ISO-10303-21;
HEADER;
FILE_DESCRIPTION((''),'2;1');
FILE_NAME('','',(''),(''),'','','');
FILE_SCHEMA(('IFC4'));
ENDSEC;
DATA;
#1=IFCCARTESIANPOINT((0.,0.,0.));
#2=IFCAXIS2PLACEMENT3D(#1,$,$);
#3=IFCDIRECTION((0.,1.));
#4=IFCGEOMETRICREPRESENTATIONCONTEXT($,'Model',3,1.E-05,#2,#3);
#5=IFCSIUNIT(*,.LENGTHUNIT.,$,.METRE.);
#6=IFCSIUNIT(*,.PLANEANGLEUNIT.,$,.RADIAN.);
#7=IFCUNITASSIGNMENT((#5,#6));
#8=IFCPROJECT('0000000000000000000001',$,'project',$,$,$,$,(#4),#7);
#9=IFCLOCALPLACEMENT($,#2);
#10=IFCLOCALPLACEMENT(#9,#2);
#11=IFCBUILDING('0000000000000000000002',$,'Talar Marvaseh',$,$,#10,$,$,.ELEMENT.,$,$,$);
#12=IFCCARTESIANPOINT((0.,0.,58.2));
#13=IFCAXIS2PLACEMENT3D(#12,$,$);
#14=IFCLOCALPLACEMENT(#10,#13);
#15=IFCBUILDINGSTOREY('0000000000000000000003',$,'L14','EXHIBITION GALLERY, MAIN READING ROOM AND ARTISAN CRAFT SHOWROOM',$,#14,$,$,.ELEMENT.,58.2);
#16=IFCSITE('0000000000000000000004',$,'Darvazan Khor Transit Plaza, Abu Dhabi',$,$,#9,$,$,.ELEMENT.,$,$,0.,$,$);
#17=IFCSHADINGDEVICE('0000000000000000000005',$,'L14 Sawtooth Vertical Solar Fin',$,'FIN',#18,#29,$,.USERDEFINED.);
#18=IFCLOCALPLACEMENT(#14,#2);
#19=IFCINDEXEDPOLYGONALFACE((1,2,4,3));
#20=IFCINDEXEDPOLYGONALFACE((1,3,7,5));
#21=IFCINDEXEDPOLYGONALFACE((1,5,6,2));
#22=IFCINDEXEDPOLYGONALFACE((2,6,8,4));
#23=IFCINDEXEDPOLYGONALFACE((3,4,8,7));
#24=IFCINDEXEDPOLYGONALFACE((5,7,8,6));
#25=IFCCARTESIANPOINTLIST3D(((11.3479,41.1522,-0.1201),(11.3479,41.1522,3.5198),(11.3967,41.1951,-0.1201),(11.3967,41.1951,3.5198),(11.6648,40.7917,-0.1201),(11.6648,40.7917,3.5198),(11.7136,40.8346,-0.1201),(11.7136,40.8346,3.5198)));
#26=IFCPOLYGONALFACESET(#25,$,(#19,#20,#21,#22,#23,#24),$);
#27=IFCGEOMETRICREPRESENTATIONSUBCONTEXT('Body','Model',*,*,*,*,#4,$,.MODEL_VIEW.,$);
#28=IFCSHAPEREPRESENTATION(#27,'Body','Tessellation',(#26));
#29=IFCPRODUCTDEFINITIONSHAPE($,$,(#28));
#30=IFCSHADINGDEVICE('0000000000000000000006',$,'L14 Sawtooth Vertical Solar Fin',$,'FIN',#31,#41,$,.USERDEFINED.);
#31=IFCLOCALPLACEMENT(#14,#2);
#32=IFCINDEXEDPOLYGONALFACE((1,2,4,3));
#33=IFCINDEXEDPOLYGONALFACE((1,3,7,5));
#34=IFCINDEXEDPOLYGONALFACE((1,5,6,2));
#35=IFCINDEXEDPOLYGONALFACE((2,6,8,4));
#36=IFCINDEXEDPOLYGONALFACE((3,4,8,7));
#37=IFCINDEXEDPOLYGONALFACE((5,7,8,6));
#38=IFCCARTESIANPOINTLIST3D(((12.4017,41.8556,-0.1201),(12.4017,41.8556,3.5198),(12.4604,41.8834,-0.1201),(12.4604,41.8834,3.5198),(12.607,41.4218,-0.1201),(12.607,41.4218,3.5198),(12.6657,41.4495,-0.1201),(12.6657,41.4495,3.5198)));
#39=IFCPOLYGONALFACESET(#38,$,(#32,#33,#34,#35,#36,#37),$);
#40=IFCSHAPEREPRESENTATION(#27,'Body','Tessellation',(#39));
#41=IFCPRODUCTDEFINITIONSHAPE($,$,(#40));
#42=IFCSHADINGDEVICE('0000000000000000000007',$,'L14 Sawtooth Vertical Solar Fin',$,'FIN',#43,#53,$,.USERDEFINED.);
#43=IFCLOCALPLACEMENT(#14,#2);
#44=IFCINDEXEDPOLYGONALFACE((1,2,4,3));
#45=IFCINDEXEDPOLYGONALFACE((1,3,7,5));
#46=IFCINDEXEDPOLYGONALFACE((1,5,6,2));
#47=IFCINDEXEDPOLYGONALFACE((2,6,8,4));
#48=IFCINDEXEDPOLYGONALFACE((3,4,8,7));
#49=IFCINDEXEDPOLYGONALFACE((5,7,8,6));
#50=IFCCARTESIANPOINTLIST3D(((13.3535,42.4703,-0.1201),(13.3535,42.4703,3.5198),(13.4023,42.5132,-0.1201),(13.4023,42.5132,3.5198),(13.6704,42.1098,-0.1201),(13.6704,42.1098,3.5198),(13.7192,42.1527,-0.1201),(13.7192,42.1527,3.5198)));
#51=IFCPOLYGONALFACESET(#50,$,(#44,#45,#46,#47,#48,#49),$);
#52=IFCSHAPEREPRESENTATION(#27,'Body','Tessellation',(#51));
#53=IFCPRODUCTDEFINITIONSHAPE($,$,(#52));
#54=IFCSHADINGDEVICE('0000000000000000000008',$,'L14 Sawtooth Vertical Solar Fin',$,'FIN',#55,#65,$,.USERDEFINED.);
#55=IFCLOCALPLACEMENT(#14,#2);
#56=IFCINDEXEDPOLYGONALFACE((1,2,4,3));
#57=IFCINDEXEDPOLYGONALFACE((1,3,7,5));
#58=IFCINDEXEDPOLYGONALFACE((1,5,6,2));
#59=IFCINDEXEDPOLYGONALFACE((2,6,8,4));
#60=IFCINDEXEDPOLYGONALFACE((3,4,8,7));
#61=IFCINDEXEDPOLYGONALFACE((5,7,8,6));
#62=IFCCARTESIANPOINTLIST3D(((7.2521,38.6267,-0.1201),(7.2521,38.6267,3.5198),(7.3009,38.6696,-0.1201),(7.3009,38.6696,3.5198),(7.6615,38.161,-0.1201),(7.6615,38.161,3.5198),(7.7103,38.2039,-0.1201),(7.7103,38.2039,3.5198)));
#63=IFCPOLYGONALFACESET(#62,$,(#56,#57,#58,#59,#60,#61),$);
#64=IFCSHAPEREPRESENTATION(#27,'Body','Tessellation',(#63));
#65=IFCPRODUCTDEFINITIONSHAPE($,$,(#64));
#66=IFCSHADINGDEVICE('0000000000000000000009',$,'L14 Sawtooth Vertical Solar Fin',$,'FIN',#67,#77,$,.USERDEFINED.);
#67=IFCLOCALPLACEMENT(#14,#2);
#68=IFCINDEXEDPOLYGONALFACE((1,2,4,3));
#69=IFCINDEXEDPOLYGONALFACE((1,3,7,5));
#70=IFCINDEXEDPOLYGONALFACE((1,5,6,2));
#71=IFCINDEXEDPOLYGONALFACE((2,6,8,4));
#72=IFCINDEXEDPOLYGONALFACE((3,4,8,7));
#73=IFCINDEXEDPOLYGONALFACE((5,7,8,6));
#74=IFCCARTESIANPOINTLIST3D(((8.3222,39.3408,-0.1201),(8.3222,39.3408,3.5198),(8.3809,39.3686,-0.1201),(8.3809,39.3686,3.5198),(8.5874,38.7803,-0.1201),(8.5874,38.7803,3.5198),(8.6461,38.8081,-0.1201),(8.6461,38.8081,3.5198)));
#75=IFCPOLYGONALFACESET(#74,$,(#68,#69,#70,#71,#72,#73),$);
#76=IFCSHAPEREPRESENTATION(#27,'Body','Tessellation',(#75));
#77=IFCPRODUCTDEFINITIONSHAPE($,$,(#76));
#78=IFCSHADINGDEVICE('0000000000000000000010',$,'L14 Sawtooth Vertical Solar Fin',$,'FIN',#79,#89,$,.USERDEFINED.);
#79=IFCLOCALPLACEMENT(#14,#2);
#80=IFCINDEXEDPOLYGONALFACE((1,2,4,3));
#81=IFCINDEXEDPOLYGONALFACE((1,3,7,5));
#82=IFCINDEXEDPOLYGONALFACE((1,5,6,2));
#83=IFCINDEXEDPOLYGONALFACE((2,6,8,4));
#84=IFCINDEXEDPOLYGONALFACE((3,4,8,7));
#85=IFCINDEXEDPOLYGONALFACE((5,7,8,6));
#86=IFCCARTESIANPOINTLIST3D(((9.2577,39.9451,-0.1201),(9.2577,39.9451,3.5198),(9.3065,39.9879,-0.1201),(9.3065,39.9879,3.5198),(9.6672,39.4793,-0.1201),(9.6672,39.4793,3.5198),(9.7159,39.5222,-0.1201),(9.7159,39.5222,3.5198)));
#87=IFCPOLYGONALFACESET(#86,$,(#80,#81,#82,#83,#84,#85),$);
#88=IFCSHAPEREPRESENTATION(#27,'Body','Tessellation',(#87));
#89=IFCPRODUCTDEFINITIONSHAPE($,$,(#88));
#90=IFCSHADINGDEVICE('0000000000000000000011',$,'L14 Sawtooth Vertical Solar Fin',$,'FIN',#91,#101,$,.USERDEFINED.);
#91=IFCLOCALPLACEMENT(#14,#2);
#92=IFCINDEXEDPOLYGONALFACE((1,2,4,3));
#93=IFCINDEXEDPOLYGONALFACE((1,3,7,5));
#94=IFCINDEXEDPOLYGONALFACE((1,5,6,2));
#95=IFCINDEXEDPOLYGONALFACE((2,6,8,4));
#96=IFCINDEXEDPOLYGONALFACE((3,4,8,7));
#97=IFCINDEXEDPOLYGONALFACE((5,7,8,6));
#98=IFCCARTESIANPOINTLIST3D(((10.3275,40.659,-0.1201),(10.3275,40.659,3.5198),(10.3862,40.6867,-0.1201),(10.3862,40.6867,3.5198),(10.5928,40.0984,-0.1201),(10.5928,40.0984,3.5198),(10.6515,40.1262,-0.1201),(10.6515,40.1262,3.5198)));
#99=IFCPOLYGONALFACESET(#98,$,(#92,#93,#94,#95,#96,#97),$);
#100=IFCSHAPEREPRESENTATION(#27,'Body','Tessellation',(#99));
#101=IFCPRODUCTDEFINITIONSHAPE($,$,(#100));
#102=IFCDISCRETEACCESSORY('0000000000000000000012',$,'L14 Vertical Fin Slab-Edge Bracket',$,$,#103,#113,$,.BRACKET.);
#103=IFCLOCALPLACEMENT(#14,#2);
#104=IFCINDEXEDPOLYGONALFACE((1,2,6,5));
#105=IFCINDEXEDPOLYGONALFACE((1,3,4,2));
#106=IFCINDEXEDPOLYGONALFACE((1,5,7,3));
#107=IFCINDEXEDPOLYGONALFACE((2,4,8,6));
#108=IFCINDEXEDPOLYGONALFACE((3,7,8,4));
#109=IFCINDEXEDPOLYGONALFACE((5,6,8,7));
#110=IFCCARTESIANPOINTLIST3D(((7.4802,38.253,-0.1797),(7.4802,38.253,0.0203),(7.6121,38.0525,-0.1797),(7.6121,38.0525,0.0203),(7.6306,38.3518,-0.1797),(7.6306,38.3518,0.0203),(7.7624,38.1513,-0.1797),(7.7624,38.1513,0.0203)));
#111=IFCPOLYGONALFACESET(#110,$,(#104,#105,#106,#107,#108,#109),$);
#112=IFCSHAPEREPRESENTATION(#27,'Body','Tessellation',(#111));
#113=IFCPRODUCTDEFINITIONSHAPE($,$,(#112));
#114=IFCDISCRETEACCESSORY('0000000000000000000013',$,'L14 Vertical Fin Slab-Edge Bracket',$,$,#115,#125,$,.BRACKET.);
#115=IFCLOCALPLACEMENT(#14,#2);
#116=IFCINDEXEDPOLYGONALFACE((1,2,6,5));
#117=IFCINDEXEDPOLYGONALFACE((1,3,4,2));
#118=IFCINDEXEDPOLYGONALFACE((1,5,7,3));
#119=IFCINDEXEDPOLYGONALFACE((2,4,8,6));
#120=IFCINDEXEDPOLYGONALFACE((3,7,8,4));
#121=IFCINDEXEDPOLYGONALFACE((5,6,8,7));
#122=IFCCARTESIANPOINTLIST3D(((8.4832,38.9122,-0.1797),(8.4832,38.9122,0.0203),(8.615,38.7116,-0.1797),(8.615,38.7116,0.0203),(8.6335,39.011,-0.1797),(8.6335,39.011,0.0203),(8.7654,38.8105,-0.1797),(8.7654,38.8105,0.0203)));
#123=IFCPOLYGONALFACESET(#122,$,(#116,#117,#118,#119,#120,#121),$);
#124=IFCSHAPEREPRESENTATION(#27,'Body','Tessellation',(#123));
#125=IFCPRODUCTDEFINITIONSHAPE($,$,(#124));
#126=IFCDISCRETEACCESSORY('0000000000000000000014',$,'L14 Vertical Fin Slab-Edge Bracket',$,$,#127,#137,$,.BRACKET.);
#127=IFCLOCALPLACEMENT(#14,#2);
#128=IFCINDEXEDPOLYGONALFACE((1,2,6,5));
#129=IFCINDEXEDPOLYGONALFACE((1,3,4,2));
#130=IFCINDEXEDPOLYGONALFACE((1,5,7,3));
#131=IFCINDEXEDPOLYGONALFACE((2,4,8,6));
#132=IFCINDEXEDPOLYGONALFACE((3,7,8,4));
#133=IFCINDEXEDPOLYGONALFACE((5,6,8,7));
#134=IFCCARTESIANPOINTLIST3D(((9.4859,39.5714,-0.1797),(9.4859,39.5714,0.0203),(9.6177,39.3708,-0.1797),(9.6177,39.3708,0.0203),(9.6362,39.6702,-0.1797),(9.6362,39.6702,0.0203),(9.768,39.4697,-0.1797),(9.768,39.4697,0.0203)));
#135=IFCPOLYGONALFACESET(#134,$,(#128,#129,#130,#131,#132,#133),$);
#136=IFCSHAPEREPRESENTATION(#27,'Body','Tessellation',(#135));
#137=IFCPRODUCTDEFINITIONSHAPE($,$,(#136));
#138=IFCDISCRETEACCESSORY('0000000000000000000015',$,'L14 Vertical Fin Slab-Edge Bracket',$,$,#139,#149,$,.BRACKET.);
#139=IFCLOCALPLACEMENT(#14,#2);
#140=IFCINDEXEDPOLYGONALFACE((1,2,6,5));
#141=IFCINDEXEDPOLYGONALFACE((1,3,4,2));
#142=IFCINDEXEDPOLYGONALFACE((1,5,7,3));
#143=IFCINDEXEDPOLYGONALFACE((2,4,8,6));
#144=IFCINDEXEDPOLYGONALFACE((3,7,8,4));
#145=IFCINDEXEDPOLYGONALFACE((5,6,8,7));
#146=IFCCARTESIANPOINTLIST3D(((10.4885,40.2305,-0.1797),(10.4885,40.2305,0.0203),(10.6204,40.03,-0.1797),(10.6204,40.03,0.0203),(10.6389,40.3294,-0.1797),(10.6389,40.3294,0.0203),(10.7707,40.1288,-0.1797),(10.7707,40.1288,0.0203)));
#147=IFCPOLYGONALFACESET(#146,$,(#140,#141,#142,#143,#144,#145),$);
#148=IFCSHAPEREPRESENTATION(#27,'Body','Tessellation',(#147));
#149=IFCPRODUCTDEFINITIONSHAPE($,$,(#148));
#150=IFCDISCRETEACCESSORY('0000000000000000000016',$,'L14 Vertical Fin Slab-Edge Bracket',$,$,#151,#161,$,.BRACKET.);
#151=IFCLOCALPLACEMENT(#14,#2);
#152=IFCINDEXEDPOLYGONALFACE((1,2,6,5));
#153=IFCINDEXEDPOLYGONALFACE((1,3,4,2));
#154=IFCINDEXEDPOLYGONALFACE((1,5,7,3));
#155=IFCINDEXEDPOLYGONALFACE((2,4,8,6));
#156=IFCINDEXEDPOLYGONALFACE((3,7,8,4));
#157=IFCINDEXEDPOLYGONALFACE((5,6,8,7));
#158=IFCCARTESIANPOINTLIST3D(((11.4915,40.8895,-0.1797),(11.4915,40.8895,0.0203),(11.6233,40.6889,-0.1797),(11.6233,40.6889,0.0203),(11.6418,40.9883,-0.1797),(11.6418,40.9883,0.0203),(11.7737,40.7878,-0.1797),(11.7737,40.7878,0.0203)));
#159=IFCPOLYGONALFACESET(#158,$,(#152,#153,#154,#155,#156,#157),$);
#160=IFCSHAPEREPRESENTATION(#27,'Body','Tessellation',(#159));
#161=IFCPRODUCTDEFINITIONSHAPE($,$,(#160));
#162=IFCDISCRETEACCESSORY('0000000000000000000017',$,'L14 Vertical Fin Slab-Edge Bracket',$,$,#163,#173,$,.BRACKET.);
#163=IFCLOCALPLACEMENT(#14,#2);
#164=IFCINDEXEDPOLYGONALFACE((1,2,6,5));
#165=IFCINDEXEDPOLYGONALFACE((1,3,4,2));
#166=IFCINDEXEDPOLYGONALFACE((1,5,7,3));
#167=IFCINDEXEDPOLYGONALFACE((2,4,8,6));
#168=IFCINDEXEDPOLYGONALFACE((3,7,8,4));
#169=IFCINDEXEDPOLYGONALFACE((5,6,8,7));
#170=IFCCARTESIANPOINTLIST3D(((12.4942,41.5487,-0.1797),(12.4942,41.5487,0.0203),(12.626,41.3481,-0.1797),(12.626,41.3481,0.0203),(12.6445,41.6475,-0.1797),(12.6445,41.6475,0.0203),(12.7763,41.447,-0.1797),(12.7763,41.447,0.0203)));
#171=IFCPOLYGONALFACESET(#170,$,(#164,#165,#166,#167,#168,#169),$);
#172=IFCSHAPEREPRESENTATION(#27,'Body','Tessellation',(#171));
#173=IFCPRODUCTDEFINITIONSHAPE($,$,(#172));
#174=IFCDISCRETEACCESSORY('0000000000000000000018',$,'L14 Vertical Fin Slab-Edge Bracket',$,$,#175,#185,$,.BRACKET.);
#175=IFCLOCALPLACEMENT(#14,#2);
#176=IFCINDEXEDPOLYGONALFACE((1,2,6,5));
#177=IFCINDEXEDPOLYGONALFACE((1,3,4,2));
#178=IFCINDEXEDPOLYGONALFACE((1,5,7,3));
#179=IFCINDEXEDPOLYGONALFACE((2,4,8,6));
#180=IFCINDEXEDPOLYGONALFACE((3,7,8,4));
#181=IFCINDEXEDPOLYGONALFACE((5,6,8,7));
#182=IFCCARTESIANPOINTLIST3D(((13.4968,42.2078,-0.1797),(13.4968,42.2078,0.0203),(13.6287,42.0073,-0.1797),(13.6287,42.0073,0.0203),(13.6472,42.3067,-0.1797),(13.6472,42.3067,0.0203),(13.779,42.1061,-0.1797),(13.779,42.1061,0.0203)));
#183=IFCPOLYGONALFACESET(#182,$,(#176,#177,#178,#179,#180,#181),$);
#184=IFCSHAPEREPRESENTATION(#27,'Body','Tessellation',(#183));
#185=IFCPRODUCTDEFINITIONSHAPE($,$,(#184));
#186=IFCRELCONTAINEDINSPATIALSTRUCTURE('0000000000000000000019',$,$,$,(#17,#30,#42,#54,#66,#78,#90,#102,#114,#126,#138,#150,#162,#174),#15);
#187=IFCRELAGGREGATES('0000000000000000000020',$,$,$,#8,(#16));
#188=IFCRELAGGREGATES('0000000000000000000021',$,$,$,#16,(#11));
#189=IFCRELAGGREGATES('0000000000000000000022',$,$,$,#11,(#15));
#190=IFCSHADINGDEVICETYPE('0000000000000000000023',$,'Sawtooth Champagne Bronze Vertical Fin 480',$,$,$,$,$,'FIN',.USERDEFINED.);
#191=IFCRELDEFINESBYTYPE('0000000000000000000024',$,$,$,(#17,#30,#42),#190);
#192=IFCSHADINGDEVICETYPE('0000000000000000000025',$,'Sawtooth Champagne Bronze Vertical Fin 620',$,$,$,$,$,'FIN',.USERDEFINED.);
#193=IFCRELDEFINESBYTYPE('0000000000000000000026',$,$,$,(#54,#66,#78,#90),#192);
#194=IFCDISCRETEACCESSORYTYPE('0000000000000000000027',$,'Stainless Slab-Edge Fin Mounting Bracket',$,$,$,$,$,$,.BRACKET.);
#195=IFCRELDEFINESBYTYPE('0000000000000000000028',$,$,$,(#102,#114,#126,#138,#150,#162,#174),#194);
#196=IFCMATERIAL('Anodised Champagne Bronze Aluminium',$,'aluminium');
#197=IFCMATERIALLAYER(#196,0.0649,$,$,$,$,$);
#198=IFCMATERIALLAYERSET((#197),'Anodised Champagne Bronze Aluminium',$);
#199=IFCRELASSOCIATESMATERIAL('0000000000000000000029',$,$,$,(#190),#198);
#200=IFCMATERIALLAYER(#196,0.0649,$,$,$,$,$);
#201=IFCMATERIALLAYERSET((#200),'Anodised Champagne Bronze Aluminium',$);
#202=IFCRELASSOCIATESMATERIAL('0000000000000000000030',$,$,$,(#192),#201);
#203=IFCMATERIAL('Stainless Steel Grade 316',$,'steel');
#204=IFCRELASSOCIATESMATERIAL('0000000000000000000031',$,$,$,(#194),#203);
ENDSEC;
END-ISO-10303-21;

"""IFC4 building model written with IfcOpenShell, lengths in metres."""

from ifc_helpers import new_model, si_unit, direction, frame, origin, origin_2d, place, context, subcontext, project, spatial, rectangle, extrude, source, transform, mapped, material, layer, layer_set, type_object, type_shapes, element, save


model = new_model("IFC4")

# Units and contexts
model_context = context("Model", 3, precision=1e-05, world=origin(), true_north=direction((0.0, 1.0)))
body_context = subcontext(model_context, "Body", "Model", "MODEL_VIEW")
ifc_project = project(units=[si_unit("LENGTHUNIT", "METRE"), si_unit("PLANEANGLEUNIT", "RADIAN")], contexts=[model_context])

# Site, building, storey
site_placement = place(None, origin())
site = spatial("IfcSite", under=ifc_project, at=site_placement, Name="Darvazan Khor Transit Plaza, Abu Dhabi", CompositionType="ELEMENT", RefElevation=0.0)
building_placement = place(site_placement, origin())
building = spatial("IfcBuilding", under=site, at=building_placement, Name="Talar Marvaseh", CompositionType="ELEMENT")
storey_placement = place(building_placement, frame((0.0, 0.0, 58.2)))
storey = spatial("IfcBuildingStorey", under=building, at=storey_placement, Name="L14", Description="EXHIBITION GALLERY, MAIN READING ROOM AND ARTISAN CRAFT SHOWROOM", CompositionType="ELEMENT", Elevation=58.2)

# Shading devices
ifc_material_1 = material(Name="Anodised Champagne Bronze Aluminium", Category="aluminium")
ifc_layer_1 = layer(ifc_material_1, 0.0649)
ifc_layer_set_1 = layer_set([ifc_layer_1], Name="Anodised Champagne Bronze Aluminium")
shading_device_type_1 = type_object("IfcShadingDeviceType", Name="Sawtooth Champagne Bronze Vertical Fin 480", ElementType="FIN", PredefinedType="USERDEFINED", material=ifc_layer_set_1)
shared_shape_1 = source(origin(), body_context, "Body", "SweptSolid", [
    extrude(rectangle(XDim=0.48, YDim=0.0649, at=origin_2d()), origin(), (0.0, 0.0, 1.0), 3.6399),
])
type_shapes(shading_device_type_1, [shared_shape_1])
for number, where, z_axis, x_axis, name in (
    (1, (11.5308, 40.9934, -0.1201), (0.0, 0.0, 1.0), (-0.660264, 0.751034, 0.0), "L14 Sawtooth Vertical Solar Fin"),
    (2, (12.5337, 41.6526, -0.1201), (0.0, 0.0, 1.0), (-0.427673, 0.903933, 0.0), "L14 Sawtooth Vertical Solar Fin"),
    (3, (13.5364, 42.3115, -0.1201), (0.0, 0.0, 1.0), (-0.660264, 0.751034, 0.0), "L14 Sawtooth Vertical Solar Fin"),
):
    element("IfcShadingDevice", number, at=place(storey_placement, frame(where, z_axis=z_axis, x_axis=x_axis)), inside=storey, type_object=shading_device_type_1, Name=name, ObjectType="FIN", PredefinedType="USERDEFINED", context=body_context, shape_type="MappedRepresentation", body=[
        mapped(shared_shape_1, transform((0.0, 0.0, 0.0), x_axis=(1.0, 0.0, 0.0), y_axis=(0.0, 1.0, 0.0), z_axis=(0.0, 0.0, 1.0), scale=1.0)),
    ])
ifc_layer_2 = layer(ifc_material_1, 0.0649)
ifc_layer_set_2 = layer_set([ifc_layer_2], Name="Anodised Champagne Bronze Aluminium")
shading_device_type_2 = type_object("IfcShadingDeviceType", Name="Sawtooth Champagne Bronze Vertical Fin 620", ElementType="FIN", PredefinedType="USERDEFINED", material=ifc_layer_set_2)
shared_shape_2 = source(origin(), body_context, "Body", "SweptSolid", [
    extrude(rectangle(XDim=0.6201, YDim=0.0649, at=origin_2d()), origin(), (0.0, 0.0, 1.0), 3.6399),
])
type_shapes(shading_device_type_2, [shared_shape_2])
for number, where, z_axis, x_axis, name in (
    (4, (7.4812, 38.4153, -0.1201), (0.0, 0.0, 1.0), (-0.660264, 0.751034, 0.0), "L14 Sawtooth Vertical Solar Fin"),
    (5, (8.4841, 39.0745, -0.1201), (0.0, 0.0, 1.0), (-0.427673, 0.903933, 0.0), "L14 Sawtooth Vertical Solar Fin"),
    (6, (9.4868, 39.7336, -0.1201), (0.0, 0.0, 1.0), (-0.660264, 0.751034, 0.0), "L14 Sawtooth Vertical Solar Fin"),
    (7, (10.4895, 40.3926, -0.1201), (0.0, 0.0, 1.0), (-0.427673, 0.903933, 0.0), "L14 Sawtooth Vertical Solar Fin"),
):
    element("IfcShadingDevice", number, at=place(storey_placement, frame(where, z_axis=z_axis, x_axis=x_axis)), inside=storey, type_object=shading_device_type_2, Name=name, ObjectType="FIN", PredefinedType="USERDEFINED", context=body_context, shape_type="MappedRepresentation", body=[
        mapped(shared_shape_2, transform((0.0, 0.0, 0.0), x_axis=(1.0, 0.0, 0.0), y_axis=(0.0, 1.0, 0.0), z_axis=(0.0, 0.0, 1.0), scale=1.0)),
    ])

# Discrete accessories
ifc_material_2 = material(Name="Stainless Steel Grade 316", Category="steel")
discrete_accessory_type = type_object("IfcDiscreteAccessoryType", Name="Stainless Slab-Edge Fin Mounting Bracket", PredefinedType="BRACKET", material=ifc_material_2)
shared_shape_3 = source(origin(), body_context, "Body", "SweptSolid", [
    extrude(rectangle(XDim=0.24, YDim=0.1799, at=origin_2d()), origin(), (0.0, 0.0, 1.0), 0.2),
])
type_shapes(discrete_accessory_type, [shared_shape_3])
for number, where, z_axis, x_axis, name in (
    (8, (7.6213, 38.2021, -0.1797), (0.0, 0.0, 1.0), (-0.549315, 0.835616, 0.0), "L14 Vertical Fin Slab-Edge Bracket"),
    (9, (8.6243, 38.8613, -0.1797), (0.0, 0.0, 1.0), (-0.549315, 0.835616, 0.0), "L14 Vertical Fin Slab-Edge Bracket"),
    (10, (9.627, 39.5205, -0.1797), (0.0, 0.0, 1.0), (-0.549315, 0.835616, 0.0), "L14 Vertical Fin Slab-Edge Bracket"),
    (11, (10.6296, 40.1797, -0.1797), (0.0, 0.0, 1.0), (-0.549315, 0.835616, 0.0), "L14 Vertical Fin Slab-Edge Bracket"),
    (12, (11.6326, 40.8386, -0.1797), (0.0, 0.0, 1.0), (-0.549315, 0.835616, 0.0), "L14 Vertical Fin Slab-Edge Bracket"),
    (13, (12.6353, 41.4978, -0.1797), (0.0, 0.0, 1.0), (-0.549315, 0.835616, 0.0), "L14 Vertical Fin Slab-Edge Bracket"),
    (14, (13.6379, 42.157, -0.1797), (0.0, 0.0, 1.0), (-0.549315, 0.835616, 0.0), "L14 Vertical Fin Slab-Edge Bracket"),
):
    element("IfcDiscreteAccessory", number, at=place(storey_placement, frame(where, z_axis=z_axis, x_axis=x_axis)), inside=storey, type_object=discrete_accessory_type, Name=name, PredefinedType="BRACKET", context=body_context, shape_type="MappedRepresentation", body=[
        mapped(shared_shape_3, transform((0.0, 0.0, 0.0), x_axis=(1.0, 0.0, 0.0), y_axis=(0.0, 1.0, 0.0), z_axis=(0.0, 0.0, 1.0), scale=1.0)),
    ])

save(model, "model.ifc")
